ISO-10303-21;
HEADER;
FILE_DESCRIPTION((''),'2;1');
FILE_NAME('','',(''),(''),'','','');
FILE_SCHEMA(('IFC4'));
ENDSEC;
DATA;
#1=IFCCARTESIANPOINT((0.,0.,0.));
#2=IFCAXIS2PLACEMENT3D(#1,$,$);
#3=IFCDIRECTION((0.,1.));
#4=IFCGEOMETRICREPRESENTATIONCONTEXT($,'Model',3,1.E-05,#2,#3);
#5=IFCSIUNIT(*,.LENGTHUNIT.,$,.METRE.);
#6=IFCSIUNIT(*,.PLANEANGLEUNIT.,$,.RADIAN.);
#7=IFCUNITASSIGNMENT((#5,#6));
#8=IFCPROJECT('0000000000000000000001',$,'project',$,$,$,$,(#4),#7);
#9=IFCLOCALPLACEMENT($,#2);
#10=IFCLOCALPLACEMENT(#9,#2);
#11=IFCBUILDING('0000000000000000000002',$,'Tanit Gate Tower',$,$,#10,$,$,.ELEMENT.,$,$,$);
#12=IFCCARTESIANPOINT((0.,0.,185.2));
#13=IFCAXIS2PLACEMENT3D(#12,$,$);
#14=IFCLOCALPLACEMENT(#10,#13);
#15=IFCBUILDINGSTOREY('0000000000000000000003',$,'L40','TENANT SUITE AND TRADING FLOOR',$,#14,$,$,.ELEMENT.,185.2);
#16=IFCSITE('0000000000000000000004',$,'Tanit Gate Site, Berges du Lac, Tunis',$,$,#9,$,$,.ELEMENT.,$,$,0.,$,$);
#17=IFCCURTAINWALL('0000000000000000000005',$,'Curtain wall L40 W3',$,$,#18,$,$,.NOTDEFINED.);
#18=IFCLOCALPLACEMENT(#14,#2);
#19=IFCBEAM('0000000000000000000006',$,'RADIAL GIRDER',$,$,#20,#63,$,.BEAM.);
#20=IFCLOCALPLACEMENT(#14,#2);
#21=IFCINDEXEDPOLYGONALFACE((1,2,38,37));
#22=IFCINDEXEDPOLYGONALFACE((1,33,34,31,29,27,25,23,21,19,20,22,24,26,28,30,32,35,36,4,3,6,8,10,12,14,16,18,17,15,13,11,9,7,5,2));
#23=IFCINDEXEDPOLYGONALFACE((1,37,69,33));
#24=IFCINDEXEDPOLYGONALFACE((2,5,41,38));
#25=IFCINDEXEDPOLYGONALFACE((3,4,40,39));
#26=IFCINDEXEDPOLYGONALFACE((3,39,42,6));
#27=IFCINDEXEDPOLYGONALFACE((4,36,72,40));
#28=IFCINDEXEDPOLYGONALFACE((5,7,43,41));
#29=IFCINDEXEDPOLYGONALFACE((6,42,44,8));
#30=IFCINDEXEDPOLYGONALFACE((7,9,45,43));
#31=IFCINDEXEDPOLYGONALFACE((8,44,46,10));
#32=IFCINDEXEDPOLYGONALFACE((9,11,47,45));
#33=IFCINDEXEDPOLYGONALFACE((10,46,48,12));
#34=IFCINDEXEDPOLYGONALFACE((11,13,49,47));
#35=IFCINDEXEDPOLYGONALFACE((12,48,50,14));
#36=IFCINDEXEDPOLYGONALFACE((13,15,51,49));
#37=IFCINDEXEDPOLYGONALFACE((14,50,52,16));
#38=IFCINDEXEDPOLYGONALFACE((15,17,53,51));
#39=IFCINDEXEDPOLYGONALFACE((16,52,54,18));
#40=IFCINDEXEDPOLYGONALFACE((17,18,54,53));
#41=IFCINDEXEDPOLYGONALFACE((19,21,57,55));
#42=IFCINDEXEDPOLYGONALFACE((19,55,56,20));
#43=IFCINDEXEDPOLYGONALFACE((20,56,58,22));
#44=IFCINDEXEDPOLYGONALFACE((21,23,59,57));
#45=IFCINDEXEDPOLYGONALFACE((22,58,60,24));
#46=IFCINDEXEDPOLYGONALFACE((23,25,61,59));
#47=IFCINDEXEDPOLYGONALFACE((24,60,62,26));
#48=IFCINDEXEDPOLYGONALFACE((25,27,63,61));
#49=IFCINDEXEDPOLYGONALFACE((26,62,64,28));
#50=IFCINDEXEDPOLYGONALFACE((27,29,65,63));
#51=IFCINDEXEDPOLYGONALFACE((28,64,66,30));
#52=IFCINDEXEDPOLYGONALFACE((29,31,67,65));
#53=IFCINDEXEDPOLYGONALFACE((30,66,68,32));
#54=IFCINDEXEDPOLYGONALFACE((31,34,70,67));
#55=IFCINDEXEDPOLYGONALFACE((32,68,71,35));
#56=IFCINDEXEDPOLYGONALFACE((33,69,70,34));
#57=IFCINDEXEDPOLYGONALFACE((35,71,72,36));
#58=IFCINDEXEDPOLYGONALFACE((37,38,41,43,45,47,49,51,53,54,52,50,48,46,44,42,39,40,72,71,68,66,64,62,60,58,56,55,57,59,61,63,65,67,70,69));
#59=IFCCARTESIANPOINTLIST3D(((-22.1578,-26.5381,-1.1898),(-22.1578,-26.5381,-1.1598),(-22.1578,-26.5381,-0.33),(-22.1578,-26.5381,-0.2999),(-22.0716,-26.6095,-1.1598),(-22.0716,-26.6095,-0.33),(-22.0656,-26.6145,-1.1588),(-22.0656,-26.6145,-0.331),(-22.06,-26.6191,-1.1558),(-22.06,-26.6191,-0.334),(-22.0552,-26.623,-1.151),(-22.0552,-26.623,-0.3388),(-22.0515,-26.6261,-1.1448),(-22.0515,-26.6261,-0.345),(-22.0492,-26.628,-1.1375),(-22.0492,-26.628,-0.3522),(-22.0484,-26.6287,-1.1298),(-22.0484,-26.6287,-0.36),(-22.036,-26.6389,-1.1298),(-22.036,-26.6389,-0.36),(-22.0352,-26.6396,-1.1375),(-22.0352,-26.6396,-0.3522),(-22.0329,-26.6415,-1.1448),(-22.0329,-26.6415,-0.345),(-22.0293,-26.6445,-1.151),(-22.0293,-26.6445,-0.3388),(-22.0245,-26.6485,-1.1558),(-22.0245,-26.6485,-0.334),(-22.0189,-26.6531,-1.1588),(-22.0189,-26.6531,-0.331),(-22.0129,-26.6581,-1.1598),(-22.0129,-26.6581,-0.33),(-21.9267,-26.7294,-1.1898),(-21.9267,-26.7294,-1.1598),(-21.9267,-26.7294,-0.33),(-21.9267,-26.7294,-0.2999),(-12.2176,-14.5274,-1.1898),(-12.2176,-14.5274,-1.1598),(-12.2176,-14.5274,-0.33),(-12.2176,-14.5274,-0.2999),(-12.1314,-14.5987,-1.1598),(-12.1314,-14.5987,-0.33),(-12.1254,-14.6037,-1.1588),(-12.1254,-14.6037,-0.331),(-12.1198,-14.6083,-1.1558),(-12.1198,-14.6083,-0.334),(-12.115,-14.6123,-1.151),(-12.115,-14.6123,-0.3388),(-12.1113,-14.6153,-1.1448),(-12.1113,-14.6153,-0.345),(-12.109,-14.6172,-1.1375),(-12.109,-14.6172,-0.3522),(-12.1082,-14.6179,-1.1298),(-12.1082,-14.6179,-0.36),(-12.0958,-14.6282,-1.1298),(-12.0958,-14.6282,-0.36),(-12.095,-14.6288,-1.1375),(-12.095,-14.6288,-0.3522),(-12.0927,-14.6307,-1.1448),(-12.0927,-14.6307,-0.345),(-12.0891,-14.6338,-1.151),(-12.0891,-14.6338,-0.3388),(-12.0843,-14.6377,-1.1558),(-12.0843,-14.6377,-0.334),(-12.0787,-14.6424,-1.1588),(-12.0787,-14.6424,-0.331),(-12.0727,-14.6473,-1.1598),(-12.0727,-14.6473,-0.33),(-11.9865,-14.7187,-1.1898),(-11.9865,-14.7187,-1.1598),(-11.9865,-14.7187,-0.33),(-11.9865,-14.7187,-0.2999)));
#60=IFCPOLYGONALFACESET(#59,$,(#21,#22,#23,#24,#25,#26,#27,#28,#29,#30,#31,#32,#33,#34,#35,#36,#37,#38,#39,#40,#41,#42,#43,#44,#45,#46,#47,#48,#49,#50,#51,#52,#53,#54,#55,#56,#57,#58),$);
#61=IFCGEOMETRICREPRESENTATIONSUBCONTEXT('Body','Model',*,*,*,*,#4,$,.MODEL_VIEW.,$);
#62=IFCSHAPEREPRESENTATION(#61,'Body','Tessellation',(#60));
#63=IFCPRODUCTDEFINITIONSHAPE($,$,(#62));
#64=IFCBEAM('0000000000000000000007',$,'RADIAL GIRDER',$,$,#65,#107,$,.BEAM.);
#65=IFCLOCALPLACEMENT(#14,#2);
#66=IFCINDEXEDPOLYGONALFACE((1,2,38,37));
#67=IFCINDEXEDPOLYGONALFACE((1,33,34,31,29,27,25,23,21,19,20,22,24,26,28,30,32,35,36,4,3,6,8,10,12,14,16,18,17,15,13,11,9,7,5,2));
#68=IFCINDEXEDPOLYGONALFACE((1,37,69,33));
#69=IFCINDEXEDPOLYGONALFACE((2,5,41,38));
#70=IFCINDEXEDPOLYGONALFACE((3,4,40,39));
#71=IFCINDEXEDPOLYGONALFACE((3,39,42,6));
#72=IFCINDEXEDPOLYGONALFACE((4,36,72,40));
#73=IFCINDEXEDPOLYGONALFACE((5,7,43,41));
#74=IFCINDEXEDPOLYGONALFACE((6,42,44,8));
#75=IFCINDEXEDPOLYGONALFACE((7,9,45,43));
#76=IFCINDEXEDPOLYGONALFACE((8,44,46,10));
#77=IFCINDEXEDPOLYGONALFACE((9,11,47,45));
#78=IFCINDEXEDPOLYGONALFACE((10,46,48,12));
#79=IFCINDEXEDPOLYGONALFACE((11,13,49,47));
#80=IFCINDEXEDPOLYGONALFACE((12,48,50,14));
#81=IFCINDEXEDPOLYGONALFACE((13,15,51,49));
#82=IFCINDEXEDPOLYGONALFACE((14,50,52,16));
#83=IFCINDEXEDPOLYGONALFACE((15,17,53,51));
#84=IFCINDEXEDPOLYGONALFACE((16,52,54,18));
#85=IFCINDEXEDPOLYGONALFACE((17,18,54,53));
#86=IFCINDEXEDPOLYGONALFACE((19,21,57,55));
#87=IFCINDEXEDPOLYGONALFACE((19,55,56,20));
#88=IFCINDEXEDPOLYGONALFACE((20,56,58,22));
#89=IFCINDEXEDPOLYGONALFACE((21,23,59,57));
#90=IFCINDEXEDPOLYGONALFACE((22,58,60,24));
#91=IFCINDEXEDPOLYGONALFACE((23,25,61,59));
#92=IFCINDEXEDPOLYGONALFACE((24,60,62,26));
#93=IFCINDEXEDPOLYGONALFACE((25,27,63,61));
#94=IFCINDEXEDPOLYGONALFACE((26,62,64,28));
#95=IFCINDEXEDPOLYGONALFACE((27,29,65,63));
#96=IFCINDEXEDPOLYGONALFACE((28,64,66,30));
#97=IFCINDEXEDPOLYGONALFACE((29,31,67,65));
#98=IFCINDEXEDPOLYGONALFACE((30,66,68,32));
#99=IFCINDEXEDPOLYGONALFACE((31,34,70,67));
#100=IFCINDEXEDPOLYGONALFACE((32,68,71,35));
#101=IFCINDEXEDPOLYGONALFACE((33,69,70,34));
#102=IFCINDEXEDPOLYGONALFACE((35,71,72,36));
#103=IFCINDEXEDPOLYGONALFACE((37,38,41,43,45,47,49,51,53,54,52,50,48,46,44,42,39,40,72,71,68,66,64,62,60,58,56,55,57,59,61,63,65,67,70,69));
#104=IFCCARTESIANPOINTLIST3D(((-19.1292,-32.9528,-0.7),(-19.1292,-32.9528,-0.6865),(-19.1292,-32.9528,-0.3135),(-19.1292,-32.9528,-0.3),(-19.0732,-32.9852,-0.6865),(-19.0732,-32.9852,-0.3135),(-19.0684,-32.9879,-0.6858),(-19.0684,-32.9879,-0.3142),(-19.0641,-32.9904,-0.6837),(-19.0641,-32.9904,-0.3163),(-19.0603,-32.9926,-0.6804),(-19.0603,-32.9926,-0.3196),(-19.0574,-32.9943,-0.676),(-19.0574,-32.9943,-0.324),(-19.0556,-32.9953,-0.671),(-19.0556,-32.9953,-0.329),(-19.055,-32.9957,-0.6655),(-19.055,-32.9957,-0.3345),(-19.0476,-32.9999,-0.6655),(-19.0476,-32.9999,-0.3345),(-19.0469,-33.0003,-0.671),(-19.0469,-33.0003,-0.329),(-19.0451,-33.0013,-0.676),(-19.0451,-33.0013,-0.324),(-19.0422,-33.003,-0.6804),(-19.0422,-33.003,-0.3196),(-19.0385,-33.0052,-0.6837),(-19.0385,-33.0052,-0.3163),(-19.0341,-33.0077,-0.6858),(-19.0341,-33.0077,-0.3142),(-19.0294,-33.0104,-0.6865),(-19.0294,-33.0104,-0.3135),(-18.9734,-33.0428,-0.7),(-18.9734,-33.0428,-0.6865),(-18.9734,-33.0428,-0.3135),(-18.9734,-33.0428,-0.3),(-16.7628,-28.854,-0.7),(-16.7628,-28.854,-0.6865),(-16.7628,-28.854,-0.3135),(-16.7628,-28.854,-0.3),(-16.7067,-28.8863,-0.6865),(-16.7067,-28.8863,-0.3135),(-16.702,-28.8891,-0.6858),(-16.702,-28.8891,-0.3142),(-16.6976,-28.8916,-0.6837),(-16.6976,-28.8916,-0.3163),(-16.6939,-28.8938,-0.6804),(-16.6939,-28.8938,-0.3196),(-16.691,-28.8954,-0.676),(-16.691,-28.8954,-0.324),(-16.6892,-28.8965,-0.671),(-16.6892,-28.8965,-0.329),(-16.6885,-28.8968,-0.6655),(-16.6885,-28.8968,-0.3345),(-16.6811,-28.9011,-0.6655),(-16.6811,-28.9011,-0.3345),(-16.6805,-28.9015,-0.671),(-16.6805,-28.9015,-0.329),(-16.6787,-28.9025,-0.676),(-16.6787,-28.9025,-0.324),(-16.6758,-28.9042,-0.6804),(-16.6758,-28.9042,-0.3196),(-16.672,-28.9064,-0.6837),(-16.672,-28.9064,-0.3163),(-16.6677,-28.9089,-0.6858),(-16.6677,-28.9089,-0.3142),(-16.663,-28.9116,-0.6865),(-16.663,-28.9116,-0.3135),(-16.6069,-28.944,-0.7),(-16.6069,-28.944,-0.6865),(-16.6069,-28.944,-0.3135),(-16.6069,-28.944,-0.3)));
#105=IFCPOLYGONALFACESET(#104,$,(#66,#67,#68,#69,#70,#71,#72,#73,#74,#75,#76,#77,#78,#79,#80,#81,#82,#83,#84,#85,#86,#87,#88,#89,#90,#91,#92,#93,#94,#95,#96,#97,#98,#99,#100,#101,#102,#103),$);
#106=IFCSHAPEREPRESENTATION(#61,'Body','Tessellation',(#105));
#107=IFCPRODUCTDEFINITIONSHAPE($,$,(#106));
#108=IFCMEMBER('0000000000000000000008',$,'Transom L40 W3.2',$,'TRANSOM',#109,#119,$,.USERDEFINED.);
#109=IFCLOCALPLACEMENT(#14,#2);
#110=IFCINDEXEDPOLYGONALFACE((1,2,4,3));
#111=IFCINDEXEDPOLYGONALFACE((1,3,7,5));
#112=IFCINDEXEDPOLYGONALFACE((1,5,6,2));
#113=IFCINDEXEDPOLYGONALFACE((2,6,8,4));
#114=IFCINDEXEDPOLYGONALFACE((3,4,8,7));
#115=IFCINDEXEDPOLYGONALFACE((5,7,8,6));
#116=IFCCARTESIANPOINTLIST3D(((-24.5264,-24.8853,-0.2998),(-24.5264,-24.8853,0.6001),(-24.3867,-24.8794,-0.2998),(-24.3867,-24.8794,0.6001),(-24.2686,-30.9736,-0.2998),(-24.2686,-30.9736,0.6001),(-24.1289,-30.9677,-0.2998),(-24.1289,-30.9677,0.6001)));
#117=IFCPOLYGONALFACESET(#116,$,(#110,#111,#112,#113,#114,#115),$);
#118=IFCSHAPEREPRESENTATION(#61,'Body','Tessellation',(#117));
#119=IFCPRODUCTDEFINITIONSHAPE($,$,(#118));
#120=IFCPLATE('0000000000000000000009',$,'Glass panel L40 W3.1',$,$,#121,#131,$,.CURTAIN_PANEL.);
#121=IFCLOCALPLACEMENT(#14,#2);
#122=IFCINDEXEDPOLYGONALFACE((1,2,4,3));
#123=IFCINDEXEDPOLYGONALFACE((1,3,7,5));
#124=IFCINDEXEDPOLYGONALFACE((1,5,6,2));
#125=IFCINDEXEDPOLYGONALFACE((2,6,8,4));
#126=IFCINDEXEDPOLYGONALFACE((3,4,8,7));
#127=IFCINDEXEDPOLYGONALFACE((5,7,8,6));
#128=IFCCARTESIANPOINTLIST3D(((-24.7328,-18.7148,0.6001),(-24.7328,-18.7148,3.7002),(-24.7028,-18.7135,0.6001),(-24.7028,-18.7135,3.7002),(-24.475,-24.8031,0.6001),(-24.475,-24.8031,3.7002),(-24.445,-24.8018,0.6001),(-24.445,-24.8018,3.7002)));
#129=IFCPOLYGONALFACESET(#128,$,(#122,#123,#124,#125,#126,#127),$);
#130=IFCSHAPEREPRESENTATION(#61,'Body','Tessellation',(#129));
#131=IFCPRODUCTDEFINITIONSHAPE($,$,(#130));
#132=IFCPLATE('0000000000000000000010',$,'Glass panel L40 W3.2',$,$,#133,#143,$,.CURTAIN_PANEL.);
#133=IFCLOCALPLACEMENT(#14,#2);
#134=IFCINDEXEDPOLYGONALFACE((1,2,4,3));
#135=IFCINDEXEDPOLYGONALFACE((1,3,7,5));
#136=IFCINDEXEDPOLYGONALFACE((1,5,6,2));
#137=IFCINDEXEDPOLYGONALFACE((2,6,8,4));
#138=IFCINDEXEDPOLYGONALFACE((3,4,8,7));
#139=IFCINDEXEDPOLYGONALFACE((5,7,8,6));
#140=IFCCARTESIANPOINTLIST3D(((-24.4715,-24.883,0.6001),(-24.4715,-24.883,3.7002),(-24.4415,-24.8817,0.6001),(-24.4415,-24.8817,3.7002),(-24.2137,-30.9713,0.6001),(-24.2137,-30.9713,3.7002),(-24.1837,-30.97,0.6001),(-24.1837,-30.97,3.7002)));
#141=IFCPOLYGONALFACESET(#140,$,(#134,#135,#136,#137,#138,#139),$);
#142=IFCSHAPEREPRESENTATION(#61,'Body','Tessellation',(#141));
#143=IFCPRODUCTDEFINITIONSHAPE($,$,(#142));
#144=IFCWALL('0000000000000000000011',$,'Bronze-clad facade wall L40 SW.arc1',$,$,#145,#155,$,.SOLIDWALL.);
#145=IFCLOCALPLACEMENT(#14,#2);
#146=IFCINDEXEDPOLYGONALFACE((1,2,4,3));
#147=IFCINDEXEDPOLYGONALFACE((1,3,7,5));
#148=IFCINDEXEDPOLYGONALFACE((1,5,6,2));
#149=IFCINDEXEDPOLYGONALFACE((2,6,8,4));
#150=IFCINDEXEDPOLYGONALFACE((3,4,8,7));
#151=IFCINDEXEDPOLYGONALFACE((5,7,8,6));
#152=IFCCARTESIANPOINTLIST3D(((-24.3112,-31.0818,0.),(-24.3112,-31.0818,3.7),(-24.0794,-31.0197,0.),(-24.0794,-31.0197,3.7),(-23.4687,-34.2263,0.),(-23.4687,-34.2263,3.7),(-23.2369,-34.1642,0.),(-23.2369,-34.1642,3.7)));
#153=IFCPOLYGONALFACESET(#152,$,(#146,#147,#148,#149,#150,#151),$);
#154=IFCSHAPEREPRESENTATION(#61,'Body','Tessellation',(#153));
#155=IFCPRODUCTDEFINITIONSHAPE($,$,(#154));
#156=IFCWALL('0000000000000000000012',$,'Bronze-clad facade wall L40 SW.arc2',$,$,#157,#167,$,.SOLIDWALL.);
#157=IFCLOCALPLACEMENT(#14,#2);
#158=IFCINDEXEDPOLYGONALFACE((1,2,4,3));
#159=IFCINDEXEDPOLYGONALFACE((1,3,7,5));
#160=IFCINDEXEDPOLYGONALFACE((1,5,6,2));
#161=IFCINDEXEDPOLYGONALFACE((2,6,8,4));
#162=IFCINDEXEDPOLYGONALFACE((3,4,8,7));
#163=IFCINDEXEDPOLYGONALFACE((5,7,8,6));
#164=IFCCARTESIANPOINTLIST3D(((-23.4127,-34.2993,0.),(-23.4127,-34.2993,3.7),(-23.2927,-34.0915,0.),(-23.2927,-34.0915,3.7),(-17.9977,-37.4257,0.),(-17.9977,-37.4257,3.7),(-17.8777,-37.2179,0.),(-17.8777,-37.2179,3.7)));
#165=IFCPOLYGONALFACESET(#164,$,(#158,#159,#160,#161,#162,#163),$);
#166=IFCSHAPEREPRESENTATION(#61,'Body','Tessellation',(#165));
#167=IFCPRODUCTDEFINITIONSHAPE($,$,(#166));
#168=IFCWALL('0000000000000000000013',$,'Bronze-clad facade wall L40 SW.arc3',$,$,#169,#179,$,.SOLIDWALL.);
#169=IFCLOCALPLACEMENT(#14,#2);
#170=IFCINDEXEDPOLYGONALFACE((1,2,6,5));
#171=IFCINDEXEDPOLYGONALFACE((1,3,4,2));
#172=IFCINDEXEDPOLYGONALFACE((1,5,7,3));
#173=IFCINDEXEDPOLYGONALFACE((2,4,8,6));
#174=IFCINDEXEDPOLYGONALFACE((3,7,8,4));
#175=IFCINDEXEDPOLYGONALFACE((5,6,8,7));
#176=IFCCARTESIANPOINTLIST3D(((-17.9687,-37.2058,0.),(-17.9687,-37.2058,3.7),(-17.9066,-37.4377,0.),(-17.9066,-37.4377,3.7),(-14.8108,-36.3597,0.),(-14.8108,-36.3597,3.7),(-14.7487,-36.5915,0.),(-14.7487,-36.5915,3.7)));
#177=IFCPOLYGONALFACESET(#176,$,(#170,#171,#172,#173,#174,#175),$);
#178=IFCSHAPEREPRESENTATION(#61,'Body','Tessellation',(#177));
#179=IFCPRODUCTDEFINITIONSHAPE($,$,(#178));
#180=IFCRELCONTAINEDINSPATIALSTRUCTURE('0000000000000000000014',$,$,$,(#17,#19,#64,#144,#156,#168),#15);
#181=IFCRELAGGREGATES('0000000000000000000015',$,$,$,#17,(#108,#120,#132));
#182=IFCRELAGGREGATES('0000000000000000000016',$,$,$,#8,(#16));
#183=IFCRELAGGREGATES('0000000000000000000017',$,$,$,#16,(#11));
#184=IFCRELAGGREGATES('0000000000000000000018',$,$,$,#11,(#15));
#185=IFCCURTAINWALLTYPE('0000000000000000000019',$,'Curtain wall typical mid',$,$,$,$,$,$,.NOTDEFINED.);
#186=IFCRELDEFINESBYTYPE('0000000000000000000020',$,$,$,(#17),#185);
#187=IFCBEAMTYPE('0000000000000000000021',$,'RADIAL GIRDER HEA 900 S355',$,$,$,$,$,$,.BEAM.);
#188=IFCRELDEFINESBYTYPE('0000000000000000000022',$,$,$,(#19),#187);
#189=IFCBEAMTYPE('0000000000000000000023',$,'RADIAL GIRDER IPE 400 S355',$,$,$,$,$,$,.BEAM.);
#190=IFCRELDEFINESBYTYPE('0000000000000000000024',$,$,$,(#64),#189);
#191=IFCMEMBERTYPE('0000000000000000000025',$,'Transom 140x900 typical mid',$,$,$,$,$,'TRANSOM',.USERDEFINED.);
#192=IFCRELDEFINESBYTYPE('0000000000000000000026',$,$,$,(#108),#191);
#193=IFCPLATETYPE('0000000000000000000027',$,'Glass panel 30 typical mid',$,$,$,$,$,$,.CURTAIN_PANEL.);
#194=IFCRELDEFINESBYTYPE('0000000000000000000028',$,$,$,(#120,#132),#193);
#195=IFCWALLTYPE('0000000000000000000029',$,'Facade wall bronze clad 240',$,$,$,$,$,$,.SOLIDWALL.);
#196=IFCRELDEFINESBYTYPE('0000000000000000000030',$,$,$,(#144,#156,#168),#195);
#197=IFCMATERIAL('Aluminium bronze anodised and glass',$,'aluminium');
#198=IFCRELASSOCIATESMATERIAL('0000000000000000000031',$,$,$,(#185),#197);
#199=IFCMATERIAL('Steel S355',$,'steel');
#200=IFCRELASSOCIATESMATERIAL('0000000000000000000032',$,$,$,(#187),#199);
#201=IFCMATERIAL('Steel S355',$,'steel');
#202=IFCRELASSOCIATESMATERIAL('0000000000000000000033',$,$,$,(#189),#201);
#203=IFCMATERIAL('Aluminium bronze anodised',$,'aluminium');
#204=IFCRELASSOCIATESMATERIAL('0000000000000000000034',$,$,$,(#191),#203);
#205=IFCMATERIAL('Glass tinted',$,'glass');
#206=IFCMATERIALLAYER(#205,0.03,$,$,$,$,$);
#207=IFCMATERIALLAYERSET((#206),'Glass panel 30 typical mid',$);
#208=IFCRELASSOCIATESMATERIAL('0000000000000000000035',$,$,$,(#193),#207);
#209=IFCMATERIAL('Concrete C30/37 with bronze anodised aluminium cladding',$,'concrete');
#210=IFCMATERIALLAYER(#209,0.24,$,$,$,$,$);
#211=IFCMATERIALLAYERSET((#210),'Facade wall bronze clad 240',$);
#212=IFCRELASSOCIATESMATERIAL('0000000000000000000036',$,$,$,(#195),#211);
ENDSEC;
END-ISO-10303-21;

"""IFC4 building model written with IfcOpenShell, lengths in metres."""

from ifc_helpers import new_model, si_unit, direction, frame, frame_2d, origin, origin_2d, place, context, subcontext, project, spatial, rectangle, i_section, extrude, material, layer, layer_set, material_profile, profile_set, type_object, element, aggregate, save


model = new_model("IFC4")

# Units and contexts
model_context = context("Model", 3, precision=1e-05, world=origin(), true_north=direction((0.0, 1.0)))
body_context = subcontext(model_context, "Body", "Model", "MODEL_VIEW")
ifc_project = project(units=[si_unit("LENGTHUNIT", "METRE"), si_unit("PLANEANGLEUNIT", "RADIAN")], contexts=[model_context])

# Site, building, storey
site_placement = place(None, origin())
site = spatial("IfcSite", under=ifc_project, at=site_placement, Name="Tanit Gate Site, Berges du Lac, Tunis", CompositionType="ELEMENT", RefElevation=0.0)
building_placement = place(site_placement, origin())
building = spatial("IfcBuilding", under=site, at=building_placement, Name="Tanit Gate Tower", CompositionType="ELEMENT")
storey_placement = place(building_placement, frame((0.0, 0.0, 185.2)))
storey = spatial("IfcBuildingStorey", under=building, at=storey_placement, Name="L40", Description="TENANT SUITE AND TRADING FLOOR", CompositionType="ELEMENT", Elevation=185.2)

# Curtain wall
ifc_material_1 = material(Name="Aluminium bronze anodised and glass", Category="aluminium")
curtain_wall_type = type_object("IfcCurtainWallType", Name="Curtain wall typical mid", PredefinedType="NOTDEFINED", material=ifc_material_1)
curtain_wall_1_placement = place(storey_placement, origin())
curtain_wall_1 = element("IfcCurtainWall", 1, at=curtain_wall_1_placement, inside=storey, type_object=curtain_wall_type, Name="Curtain wall L40 W3", PredefinedType="NOTDEFINED")

# Beams
ifc_material_2 = material(Name="Steel S355", Category="steel")
ifc_material_profile_1 = material_profile(ifc_material_2, i_section(OverallWidth=0.3, OverallDepth=0.8899, WebThickness=0.0161, FlangeThickness=0.03, FilletRadius=0.03, at=origin_2d()), Name="HEA 900")
ifc_profile_set_1 = profile_set([ifc_material_profile_1], Name="Steel S355")
beam_type_1 = type_object("IfcBeamType", Name="RADIAL GIRDER HEA 900 S355", PredefinedType="BEAM", material=ifc_profile_set_1)
beam_1_placement = place(storey_placement, frame((-22.0422, -26.6338, -0.7449), z_axis=(0.637578, 0.770386, 0.0), x_axis=(-0.770386, 0.637578, 0.0)))
element("IfcBeam", 2, at=beam_1_placement, inside=storey, type_object=beam_type_1, Name="RADIAL GIRDER", PredefinedType="BEAM", context=body_context, shape_type="SweptSolid", body=[
    extrude(i_section(OverallWidth=0.3, OverallDepth=0.8899, WebThickness=0.0161, FlangeThickness=0.03, FilletRadius=0.03, at=origin_2d()), origin(), (0.0, 0.0, 1.0), 15.5906),
])
ifc_material_3 = material(Name="Steel S355", Category="steel")
ifc_material_profile_2 = material_profile(ifc_material_3, i_section(OverallWidth=0.1799, OverallDepth=0.3999, WebThickness=0.0085, FlangeThickness=0.0134, FilletRadius=0.021, at=origin_2d()), Name="IPE 400")
ifc_profile_set_2 = profile_set([ifc_material_profile_2], Name="Steel S355")
beam_type_2 = type_object("IfcBeamType", Name="RADIAL GIRDER IPE 400 S355", PredefinedType="BEAM", material=ifc_profile_set_2)
beam_2_placement = place(storey_placement, frame((-19.0513, -32.9978, -0.5), z_axis=(0.499995, 0.866028, 0.0), x_axis=(-0.866028, 0.499995, 0.0)))
element("IfcBeam", 3, at=beam_2_placement, inside=storey, type_object=beam_type_2, Name="RADIAL GIRDER", PredefinedType="BEAM", context=body_context, shape_type="SweptSolid", body=[
    extrude(i_section(OverallWidth=0.1799, OverallDepth=0.3999, WebThickness=0.0085, FlangeThickness=0.0134, FilletRadius=0.021, at=origin_2d()), origin(), (0.0, 0.0, 1.0), 4.7329),
])

# Member
ifc_material_4 = material(Name="Aluminium bronze anodised", Category="aluminium")
ifc_material_profile_3 = material_profile(ifc_material_4, rectangle(XDim=0.1399, YDim=0.8999, at=origin_2d()), Name="140x900 bronze transom")
ifc_profile_set_3 = profile_set([ifc_material_profile_3], Name="Aluminium bronze anodised")
member_type_1 = type_object("IfcMemberType", Name="Transom 140x900 typical mid", ElementType="TRANSOM", PredefinedType="USERDEFINED", material=ifc_profile_set_3)
member_1_placement = place(storey_placement, frame((-24.4565, -24.8823, 0.1501), z_axis=(0.042307, -0.999105, 0.0), x_axis=(0.999105, 0.042307, 0.0)))
member_1 = element("IfcMember", 4, at=member_1_placement, type_object=member_type_1, Name="Transom L40 W3.2", ObjectType="TRANSOM", PredefinedType="USERDEFINED", context=body_context, shape_type="SweptSolid", body=[
    extrude(rectangle(XDim=0.1399, YDim=0.8999, at=origin_2d()), origin(), (0.0, 0.0, 1.0), 6.0938),
])

# Plates
ifc_material_5 = material(Name="Glass tinted", Category="glass")
ifc_layer_1 = layer(ifc_material_5, 0.03)
ifc_layer_set_1 = layer_set([ifc_layer_1], Name="Glass panel 30 typical mid")
plate_type = type_object("IfcPlateType", Name="Glass panel 30 typical mid", PredefinedType="CURTAIN_PANEL", material=ifc_layer_set_1)
plate_1_placement = place(storey_placement, frame((-24.5889, -21.7583, 0.6001), z_axis=(0.0, 0.0, 1.0), x_axis=(0.042307, -0.999105, 0.0)))
plate_1 = element("IfcPlate", 5, at=plate_1_placement, type_object=plate_type, Name="Glass panel L40 W3.1", PredefinedType="CURTAIN_PANEL", context=body_context, shape_type="SweptSolid", body=[
    extrude(rectangle(XDim=6.0938, YDim=0.03, at=origin_2d()), origin(), (0.0, 0.0, 1.0), 3.1001),
])
plate_2_placement = place(storey_placement, frame((-24.3276, -27.9265, 0.6001), z_axis=(0.0, 0.0, 1.0), x_axis=(0.042307, -0.999105, 0.0)))
plate_2 = element("IfcPlate", 6, at=plate_2_placement, type_object=plate_type, Name="Glass panel L40 W3.2", PredefinedType="CURTAIN_PANEL", context=body_context, shape_type="SweptSolid", body=[
    extrude(rectangle(XDim=6.0938, YDim=0.03, at=origin_2d()), origin(), (0.0, 0.0, 1.0), 3.1001),
])
aggregate(curtain_wall_1, [member_1, plate_1, plate_2])

# Walls
ifc_material_6 = material(Name="Concrete C30/37 with bronze anodised aluminium cladding", Category="concrete")
ifc_layer_2 = layer(ifc_material_6, 0.24)
ifc_layer_set_2 = layer_set([ifc_layer_2], Name="Facade wall bronze clad 240")
wall_type_1 = type_object("IfcWallType", Name="Facade wall bronze clad 240", PredefinedType="SOLIDWALL", material=ifc_layer_set_2)
wall_1_placement = place(storey_placement, frame((-24.1953, -31.0508, 0.0), z_axis=(0.0, 0.0, 1.0), x_axis=(0.258806, -0.965929, 0.0)))
element("IfcWall", 7, at=wall_1_placement, inside=storey, type_object=wall_type_1, Name="Bronze-clad facade wall L40 SW.arc1", PredefinedType="SOLIDWALL", context=body_context, shape_type="SweptSolid", body=[
    extrude(rectangle(XDim=3.2554, YDim=0.24, at=frame_2d((1.6277, 0.0))), origin(), (0.0, 0.0, 1.0), 3.7),
])
wall_2_placement = place(storey_placement, frame((-23.3528, -34.1953, 0.0), z_axis=(0.0, 0.0, 1.0), x_axis=(0.866019, -0.500011, 0.0)))
element("IfcWall", 8, at=wall_2_placement, inside=storey, type_object=wall_type_1, Name="Bronze-clad facade wall L40 SW.arc2", PredefinedType="SOLIDWALL", context=body_context, shape_type="SweptSolid", body=[
    extrude(rectangle(XDim=6.2527, YDim=0.24, at=frame_2d((3.1265, 0.0))), origin(), (0.0, 0.0, 1.0), 3.7),
])
wall_3_placement = place(storey_placement, frame((-17.9377, -37.3218, 0.0), z_axis=(0.0, 0.0, 1.0), x_axis=(0.965924, 0.258824, 0.0)))
element("IfcWall", 9, at=wall_3_placement, inside=storey, type_object=wall_type_1, Name="Bronze-clad facade wall L40 SW.arc3", PredefinedType="SOLIDWALL", context=body_context, shape_type="SweptSolid", body=[
    extrude(rectangle(XDim=3.2693, YDim=0.24, at=frame_2d((1.6348, 0.0))), origin(), (0.0, 0.0, 1.0), 3.7),
])

save(model, "model.ifc")
